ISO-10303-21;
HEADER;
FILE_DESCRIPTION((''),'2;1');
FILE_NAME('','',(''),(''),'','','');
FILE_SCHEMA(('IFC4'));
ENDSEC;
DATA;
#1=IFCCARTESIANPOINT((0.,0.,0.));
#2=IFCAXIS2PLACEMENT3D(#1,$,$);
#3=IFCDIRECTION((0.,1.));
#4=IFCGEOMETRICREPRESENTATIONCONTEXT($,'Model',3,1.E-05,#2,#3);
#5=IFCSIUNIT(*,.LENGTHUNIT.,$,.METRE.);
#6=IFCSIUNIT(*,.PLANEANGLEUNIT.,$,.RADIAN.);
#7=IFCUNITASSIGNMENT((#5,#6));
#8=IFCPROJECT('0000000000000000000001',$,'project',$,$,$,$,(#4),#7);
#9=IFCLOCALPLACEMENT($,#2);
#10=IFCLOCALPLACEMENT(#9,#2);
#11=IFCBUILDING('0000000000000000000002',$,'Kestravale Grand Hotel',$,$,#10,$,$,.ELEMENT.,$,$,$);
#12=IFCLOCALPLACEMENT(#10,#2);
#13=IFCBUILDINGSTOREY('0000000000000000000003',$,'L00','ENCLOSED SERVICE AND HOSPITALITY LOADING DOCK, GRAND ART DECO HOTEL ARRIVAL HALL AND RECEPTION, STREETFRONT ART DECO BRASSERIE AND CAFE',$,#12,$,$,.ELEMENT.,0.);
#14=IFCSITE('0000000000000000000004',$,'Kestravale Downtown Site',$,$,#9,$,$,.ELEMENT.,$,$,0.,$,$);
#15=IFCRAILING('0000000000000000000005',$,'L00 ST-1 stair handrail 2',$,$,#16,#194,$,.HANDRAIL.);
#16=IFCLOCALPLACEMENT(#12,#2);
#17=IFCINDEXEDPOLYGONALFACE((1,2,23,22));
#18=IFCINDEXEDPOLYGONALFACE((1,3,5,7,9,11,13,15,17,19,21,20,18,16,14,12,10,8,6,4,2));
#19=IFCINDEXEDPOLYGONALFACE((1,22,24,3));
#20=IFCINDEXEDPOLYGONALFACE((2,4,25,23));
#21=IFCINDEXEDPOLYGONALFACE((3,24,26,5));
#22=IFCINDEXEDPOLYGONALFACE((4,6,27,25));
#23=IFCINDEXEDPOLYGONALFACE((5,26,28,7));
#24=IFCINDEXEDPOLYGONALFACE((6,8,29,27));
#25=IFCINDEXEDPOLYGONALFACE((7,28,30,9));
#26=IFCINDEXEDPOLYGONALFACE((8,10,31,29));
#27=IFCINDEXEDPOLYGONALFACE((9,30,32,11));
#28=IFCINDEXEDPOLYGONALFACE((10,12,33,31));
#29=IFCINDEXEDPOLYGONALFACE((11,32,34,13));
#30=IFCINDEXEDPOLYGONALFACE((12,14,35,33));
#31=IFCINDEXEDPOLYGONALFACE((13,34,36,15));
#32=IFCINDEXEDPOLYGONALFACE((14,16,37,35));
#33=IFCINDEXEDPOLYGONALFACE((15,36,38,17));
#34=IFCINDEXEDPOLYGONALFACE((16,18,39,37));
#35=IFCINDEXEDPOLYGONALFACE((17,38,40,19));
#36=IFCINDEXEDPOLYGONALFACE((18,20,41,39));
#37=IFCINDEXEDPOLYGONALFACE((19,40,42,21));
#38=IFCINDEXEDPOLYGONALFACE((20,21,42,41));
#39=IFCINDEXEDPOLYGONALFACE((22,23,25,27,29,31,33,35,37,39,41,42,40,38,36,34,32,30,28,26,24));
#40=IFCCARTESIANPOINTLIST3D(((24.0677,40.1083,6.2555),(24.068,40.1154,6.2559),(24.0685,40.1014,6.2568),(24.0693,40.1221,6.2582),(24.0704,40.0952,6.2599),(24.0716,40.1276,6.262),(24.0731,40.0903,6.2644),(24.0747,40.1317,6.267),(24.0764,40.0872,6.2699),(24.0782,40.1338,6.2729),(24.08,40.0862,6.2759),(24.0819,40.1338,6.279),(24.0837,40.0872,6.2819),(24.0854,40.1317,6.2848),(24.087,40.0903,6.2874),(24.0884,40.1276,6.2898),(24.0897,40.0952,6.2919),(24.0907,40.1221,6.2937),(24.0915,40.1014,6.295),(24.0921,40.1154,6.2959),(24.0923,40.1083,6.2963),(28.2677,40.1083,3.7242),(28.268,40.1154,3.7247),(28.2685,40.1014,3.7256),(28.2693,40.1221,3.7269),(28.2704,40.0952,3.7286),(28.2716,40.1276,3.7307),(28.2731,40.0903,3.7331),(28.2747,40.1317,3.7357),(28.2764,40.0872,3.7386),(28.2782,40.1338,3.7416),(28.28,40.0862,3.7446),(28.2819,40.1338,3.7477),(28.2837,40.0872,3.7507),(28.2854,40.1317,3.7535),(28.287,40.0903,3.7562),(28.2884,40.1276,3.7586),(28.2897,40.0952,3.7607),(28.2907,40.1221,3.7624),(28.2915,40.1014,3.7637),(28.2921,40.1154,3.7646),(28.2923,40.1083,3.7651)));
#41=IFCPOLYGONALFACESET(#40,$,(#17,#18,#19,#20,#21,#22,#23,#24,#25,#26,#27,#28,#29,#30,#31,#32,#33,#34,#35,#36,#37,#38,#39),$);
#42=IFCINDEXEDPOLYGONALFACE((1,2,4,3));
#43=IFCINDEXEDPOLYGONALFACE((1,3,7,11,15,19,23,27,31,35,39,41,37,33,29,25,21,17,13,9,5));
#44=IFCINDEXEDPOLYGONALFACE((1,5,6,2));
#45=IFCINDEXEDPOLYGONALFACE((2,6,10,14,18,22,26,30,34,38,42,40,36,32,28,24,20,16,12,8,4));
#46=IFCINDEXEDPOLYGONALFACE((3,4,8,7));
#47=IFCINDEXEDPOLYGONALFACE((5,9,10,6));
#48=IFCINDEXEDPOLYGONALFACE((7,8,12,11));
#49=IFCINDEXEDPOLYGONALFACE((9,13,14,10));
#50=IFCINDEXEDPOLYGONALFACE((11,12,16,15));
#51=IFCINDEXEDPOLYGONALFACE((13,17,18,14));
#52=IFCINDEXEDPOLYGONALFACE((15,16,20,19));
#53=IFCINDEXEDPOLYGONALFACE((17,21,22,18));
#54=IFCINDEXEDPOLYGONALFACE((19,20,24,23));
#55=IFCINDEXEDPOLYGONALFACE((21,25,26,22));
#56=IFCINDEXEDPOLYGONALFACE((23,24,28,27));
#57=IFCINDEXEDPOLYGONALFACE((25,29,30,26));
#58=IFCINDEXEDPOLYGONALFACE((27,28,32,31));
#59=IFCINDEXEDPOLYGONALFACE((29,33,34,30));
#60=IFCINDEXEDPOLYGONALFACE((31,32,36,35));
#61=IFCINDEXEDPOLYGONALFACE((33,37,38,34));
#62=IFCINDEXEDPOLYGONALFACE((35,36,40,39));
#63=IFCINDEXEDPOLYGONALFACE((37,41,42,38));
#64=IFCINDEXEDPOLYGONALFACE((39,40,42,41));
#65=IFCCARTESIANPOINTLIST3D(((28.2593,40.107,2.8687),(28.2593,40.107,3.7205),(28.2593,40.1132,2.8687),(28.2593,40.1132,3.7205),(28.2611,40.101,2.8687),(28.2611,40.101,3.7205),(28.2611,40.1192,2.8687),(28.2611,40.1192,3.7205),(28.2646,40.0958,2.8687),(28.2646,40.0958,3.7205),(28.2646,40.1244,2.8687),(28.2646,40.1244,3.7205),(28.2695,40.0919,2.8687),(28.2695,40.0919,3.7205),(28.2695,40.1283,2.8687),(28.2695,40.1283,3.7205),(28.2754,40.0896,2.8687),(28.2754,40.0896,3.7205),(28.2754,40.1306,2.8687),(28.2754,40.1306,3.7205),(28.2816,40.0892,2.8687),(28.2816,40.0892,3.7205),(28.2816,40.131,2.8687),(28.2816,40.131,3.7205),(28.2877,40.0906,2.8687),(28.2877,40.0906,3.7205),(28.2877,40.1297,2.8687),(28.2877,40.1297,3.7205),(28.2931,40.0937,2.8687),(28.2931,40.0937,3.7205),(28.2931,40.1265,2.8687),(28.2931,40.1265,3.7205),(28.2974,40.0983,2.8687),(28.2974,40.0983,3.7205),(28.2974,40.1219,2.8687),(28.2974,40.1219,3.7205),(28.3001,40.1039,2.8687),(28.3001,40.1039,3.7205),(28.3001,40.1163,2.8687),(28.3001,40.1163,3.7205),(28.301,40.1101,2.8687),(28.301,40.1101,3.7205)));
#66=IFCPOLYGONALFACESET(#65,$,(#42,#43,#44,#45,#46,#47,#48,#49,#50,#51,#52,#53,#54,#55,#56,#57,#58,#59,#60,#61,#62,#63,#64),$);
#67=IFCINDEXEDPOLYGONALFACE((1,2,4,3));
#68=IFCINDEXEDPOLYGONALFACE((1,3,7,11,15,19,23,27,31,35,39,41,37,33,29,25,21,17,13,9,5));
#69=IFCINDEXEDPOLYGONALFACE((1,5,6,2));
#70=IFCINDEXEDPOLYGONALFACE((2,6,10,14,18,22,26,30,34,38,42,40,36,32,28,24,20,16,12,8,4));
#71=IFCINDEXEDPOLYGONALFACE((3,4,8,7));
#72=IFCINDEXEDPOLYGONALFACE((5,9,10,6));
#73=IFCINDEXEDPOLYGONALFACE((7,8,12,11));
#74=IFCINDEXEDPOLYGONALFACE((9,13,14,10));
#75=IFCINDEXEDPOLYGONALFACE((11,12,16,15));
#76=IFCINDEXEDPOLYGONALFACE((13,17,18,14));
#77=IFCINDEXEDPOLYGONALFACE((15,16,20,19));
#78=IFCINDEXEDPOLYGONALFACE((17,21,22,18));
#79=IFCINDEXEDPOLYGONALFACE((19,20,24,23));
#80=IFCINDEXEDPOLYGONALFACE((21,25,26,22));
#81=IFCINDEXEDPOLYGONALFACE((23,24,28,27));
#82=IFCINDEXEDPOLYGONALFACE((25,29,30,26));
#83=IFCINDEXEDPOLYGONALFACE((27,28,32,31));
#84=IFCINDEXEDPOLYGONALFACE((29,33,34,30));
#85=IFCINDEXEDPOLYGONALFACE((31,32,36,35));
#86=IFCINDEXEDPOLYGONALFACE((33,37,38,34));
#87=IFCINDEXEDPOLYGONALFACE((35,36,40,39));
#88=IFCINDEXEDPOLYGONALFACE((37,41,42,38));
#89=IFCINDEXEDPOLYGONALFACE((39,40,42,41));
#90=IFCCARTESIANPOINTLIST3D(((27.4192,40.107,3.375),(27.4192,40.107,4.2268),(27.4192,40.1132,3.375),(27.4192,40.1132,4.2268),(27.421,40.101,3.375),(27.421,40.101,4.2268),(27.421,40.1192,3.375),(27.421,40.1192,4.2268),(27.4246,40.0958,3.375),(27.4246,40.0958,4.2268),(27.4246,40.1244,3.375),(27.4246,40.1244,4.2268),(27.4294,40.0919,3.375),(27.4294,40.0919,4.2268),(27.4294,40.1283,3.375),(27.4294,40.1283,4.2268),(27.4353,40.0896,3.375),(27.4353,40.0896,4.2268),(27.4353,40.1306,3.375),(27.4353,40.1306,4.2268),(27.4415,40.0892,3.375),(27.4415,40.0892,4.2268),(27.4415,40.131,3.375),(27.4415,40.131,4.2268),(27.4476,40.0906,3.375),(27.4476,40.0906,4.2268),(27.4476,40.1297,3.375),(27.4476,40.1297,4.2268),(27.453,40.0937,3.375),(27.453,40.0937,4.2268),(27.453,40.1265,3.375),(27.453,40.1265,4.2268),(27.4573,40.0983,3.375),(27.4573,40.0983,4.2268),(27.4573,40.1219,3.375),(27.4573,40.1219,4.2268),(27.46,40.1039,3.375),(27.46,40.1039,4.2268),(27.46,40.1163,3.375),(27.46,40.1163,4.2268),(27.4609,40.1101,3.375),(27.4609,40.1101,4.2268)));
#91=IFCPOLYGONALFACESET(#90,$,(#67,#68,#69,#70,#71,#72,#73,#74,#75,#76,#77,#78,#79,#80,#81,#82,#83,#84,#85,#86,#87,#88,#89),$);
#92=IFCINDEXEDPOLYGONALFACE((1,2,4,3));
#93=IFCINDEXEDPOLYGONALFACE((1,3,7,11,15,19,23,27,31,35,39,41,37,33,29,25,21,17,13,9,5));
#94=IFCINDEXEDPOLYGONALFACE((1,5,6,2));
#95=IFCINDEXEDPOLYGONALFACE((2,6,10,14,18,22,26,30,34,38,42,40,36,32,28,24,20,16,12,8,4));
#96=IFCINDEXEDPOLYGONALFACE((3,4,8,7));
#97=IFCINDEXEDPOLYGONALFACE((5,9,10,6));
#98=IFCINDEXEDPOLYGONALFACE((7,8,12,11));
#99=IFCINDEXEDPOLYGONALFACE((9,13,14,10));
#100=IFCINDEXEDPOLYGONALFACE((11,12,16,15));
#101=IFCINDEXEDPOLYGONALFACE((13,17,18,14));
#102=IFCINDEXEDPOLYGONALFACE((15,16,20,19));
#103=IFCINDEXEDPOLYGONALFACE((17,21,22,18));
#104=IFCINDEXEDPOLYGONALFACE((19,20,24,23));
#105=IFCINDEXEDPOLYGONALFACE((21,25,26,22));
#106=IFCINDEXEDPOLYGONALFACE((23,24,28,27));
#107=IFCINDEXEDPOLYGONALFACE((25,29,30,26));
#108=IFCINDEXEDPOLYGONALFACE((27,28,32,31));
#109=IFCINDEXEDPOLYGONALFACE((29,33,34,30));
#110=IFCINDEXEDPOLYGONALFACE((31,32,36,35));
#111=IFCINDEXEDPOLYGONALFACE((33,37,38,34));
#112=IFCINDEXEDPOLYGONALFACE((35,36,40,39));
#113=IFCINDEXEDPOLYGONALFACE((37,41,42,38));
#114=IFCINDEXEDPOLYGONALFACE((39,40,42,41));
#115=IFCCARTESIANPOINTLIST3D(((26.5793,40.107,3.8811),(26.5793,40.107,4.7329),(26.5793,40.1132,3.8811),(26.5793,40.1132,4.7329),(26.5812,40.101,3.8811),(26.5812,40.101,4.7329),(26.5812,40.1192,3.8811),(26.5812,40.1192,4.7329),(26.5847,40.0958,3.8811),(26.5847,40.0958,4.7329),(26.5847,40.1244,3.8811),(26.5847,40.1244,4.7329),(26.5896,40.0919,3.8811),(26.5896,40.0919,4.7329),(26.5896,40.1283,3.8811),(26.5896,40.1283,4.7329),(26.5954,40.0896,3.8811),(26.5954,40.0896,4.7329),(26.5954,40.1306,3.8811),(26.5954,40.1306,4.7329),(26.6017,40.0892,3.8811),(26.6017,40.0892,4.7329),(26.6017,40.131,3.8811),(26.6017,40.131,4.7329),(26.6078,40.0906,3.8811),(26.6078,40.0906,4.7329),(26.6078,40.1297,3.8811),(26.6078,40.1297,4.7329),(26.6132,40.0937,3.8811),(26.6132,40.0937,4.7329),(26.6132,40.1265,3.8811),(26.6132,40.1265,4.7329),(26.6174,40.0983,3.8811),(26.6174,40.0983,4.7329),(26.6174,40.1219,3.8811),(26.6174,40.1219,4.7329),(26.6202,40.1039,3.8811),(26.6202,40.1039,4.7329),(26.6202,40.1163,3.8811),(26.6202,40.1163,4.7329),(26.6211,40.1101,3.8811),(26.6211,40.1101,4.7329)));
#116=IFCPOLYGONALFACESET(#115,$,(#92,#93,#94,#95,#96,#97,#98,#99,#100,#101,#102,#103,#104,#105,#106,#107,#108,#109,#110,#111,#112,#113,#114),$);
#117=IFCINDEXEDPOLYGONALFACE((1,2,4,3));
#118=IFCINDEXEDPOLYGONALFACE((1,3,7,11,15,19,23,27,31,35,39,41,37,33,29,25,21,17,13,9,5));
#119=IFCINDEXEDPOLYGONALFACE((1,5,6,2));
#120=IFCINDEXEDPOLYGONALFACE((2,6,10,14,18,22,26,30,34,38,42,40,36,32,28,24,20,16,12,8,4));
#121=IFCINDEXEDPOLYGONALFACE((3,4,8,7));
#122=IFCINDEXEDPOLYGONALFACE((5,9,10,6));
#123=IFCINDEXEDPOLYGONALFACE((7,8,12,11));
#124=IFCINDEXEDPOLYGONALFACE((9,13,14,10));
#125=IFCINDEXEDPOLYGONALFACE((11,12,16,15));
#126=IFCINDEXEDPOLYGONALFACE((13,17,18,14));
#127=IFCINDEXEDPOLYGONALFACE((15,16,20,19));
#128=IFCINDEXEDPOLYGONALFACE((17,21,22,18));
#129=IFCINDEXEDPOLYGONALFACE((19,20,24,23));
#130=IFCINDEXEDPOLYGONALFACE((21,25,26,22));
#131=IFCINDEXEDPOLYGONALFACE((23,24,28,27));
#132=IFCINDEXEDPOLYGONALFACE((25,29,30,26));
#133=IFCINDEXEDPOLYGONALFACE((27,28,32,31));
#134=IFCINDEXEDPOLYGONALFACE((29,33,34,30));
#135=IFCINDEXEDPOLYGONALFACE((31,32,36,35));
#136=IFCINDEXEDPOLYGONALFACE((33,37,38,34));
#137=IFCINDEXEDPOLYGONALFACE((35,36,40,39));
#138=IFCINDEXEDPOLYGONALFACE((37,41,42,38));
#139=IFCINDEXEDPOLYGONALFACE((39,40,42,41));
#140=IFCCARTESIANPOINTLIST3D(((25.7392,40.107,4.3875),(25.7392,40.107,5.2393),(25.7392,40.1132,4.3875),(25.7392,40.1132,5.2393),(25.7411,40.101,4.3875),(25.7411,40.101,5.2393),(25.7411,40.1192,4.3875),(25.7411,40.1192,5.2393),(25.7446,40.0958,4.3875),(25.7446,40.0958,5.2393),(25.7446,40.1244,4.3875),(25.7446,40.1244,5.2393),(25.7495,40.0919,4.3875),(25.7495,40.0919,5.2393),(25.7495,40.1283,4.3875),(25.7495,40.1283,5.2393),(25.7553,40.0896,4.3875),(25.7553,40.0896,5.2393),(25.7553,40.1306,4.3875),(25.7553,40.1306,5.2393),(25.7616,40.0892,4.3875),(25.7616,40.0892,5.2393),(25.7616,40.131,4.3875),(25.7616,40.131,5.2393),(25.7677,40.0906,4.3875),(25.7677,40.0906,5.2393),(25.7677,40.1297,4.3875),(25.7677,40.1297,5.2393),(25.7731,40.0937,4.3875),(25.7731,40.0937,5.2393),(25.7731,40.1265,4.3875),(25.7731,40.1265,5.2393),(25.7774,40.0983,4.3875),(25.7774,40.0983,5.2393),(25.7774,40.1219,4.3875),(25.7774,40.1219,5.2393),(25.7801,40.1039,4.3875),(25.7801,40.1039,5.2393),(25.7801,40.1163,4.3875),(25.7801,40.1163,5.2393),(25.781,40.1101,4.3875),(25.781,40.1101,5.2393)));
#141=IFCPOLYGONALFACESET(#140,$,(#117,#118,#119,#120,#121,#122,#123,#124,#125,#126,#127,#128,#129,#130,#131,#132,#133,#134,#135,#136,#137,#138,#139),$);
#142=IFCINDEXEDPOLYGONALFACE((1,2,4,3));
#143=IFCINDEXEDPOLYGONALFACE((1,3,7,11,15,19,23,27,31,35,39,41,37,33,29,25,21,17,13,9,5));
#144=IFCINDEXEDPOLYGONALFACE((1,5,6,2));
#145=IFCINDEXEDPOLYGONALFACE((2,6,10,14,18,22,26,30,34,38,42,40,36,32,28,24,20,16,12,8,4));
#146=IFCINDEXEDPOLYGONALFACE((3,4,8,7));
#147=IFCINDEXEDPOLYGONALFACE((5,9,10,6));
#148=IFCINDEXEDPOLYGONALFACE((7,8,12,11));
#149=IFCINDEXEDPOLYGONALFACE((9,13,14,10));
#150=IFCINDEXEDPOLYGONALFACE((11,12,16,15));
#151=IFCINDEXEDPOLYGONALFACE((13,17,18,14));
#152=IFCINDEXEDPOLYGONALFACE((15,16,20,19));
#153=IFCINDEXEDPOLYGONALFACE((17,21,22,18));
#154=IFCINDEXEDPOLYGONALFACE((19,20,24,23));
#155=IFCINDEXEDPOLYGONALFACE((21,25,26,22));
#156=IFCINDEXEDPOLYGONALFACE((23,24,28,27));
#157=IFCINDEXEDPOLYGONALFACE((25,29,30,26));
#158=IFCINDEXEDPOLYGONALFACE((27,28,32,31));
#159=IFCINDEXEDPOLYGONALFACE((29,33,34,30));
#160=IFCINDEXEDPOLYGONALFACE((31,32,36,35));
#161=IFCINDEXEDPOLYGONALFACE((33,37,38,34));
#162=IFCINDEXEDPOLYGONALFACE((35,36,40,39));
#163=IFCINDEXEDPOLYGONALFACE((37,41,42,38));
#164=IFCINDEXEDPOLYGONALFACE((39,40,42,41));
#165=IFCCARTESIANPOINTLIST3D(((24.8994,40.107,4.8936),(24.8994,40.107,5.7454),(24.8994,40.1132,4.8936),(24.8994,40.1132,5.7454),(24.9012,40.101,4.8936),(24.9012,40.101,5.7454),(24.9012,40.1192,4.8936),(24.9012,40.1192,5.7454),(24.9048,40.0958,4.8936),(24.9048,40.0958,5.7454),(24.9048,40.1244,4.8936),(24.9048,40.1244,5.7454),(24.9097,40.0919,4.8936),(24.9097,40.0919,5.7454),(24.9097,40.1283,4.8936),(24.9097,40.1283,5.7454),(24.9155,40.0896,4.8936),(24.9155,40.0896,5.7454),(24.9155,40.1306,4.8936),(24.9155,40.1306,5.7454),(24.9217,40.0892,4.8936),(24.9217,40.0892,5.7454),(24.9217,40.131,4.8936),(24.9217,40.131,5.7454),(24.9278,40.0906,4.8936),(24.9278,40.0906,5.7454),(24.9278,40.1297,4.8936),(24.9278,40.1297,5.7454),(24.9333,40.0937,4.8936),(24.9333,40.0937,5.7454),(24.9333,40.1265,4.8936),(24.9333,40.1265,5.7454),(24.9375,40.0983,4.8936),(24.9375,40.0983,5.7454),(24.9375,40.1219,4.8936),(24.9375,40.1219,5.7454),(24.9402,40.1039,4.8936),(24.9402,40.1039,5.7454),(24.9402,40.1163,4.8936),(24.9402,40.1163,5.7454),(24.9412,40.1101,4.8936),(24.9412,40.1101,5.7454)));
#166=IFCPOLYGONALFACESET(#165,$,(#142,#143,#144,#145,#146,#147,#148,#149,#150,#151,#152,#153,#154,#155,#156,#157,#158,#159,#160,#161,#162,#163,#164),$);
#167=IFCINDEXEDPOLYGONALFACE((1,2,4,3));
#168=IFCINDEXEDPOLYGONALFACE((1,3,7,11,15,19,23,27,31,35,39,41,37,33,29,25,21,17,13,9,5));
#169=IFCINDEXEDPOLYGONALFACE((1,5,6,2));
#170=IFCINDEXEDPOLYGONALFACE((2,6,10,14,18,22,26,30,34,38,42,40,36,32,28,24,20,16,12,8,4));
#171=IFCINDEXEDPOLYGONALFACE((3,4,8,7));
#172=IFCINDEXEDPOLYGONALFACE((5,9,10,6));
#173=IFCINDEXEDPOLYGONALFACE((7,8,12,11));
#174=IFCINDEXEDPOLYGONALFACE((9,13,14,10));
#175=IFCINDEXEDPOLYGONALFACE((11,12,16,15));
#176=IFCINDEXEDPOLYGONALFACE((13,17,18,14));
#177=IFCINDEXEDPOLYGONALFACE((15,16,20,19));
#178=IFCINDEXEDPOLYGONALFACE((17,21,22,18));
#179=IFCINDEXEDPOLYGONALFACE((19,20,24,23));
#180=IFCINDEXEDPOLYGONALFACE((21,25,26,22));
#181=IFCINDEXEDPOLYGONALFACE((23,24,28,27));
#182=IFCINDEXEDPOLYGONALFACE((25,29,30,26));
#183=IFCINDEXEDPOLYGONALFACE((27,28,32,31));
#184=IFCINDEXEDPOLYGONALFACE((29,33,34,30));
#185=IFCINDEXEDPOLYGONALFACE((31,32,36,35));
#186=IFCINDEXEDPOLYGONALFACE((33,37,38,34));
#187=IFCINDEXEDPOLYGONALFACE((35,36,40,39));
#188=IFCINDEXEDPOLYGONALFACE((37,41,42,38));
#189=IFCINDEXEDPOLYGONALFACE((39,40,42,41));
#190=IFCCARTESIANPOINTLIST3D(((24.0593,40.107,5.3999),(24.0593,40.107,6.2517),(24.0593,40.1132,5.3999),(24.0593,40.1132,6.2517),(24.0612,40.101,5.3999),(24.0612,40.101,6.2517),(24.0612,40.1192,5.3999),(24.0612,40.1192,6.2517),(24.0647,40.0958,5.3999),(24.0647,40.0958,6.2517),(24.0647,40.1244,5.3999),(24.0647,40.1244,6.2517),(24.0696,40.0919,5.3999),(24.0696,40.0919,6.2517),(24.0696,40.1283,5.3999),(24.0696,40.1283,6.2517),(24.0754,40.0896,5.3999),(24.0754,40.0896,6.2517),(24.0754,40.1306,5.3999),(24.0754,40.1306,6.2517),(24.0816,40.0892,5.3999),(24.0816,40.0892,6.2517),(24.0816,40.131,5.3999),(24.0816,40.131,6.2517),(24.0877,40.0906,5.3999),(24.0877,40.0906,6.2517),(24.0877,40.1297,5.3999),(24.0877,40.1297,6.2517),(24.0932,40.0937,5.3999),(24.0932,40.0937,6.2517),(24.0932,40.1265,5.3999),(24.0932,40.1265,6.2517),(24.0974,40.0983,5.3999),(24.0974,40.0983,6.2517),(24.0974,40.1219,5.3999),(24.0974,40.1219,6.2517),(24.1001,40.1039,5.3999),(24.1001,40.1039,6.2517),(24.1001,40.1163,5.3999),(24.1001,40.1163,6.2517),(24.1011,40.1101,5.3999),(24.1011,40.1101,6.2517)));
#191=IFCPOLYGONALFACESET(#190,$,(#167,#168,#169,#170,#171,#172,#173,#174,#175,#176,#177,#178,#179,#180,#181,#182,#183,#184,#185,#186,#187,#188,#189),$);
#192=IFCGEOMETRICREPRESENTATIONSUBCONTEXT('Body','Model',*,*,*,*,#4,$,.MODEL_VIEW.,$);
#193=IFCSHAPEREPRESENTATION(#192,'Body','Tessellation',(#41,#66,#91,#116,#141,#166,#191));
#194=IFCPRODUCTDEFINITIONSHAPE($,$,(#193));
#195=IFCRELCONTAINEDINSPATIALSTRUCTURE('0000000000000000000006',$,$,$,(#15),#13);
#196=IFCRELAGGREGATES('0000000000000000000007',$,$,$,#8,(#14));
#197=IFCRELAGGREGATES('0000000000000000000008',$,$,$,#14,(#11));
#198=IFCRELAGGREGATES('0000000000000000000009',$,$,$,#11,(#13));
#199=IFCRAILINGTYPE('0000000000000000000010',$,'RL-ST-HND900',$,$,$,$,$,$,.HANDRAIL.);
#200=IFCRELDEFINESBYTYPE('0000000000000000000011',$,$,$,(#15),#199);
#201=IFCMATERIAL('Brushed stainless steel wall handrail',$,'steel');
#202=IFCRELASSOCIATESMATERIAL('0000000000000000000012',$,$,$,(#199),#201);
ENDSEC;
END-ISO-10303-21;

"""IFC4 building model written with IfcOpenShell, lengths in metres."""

from ifc_helpers import new_model, si_unit, direction, frame, origin, origin_2d, place, context, subcontext, project, spatial, circle, extrude, material, type_object, element, save


model = new_model("IFC4")

# Units and contexts
model_context = context("Model", 3, precision=1e-05, world=origin(), true_north=direction((0.0, 1.0)))
body_context = subcontext(model_context, "Body", "Model", "MODEL_VIEW")
ifc_project = project(units=[si_unit("LENGTHUNIT", "METRE"), si_unit("PLANEANGLEUNIT", "RADIAN")], contexts=[model_context])

# Site, building, storey
site_placement = place(None, origin())
site = spatial("IfcSite", under=ifc_project, at=site_placement, Name="Kestravale Downtown Site", CompositionType="ELEMENT", RefElevation=0.0)
building_placement = place(site_placement, origin())
building = spatial("IfcBuilding", under=site, at=building_placement, Name="Kestravale Grand Hotel", CompositionType="ELEMENT")
storey_placement = place(building_placement, origin())
storey = spatial("IfcBuildingStorey", under=building, at=storey_placement, Name="L00", Description="ENCLOSED SERVICE AND HOSPITALITY LOADING DOCK, GRAND ART DECO HOTEL ARRIVAL HALL AND RECEPTION, STREETFRONT ART DECO BRASSERIE AND CAFE", CompositionType="ELEMENT", Elevation=0.0)

# Railing
ifc_material_1 = material(Name="Brushed stainless steel wall handrail", Category="steel")
railing_type_1 = type_object("IfcRailingType", Name="RL-ST-HND900", PredefinedType="HANDRAIL", material=ifc_material_1)
railing_1_placement = place(storey_placement, frame((28.28, 40.1101, 2.8687)))
element("IfcRailing", 1, at=railing_1_placement, inside=storey, type_object=railing_type_1, Name="L00 ST-1 stair handrail 2", PredefinedType="HANDRAIL", context=body_context, shape_type="SweptSolid", body=[
    extrude(circle(Radius=0.0239, at=origin_2d()), frame((0.0, 0.0, 0.876), z_axis=(-0.856476, 0.0, 0.516186), x_axis=(0.0, -1.0, 0.0)), (0.0, 0.0, 1.0), 4.9038),
    extrude(circle(Radius=0.021, at=origin_2d()), origin(), (0.0, 0.0, 1.0), 0.8518),
    extrude(circle(Radius=0.021, at=origin_2d()), frame((-0.8401, 0.0, 0.5063)), (0.0, 0.0, 1.0), 0.8518),
    extrude(circle(Radius=0.021, at=origin_2d()), frame((-1.6799, 0.0, 1.0125)), (0.0, 0.0, 1.0), 0.8518),
    extrude(circle(Radius=0.021, at=origin_2d()), frame((-2.52, 0.0, 1.5188)), (0.0, 0.0, 1.0), 0.8518),
    extrude(circle(Radius=0.021, at=origin_2d()), frame((-3.3599, 0.0, 2.0249)), (0.0, 0.0, 1.0), 0.8518),
    extrude(circle(Radius=0.021, at=origin_2d()), frame((-4.2, 0.0, 2.5312)), (0.0, 0.0, 1.0), 0.8518),
])

save(model, "model.ifc")
